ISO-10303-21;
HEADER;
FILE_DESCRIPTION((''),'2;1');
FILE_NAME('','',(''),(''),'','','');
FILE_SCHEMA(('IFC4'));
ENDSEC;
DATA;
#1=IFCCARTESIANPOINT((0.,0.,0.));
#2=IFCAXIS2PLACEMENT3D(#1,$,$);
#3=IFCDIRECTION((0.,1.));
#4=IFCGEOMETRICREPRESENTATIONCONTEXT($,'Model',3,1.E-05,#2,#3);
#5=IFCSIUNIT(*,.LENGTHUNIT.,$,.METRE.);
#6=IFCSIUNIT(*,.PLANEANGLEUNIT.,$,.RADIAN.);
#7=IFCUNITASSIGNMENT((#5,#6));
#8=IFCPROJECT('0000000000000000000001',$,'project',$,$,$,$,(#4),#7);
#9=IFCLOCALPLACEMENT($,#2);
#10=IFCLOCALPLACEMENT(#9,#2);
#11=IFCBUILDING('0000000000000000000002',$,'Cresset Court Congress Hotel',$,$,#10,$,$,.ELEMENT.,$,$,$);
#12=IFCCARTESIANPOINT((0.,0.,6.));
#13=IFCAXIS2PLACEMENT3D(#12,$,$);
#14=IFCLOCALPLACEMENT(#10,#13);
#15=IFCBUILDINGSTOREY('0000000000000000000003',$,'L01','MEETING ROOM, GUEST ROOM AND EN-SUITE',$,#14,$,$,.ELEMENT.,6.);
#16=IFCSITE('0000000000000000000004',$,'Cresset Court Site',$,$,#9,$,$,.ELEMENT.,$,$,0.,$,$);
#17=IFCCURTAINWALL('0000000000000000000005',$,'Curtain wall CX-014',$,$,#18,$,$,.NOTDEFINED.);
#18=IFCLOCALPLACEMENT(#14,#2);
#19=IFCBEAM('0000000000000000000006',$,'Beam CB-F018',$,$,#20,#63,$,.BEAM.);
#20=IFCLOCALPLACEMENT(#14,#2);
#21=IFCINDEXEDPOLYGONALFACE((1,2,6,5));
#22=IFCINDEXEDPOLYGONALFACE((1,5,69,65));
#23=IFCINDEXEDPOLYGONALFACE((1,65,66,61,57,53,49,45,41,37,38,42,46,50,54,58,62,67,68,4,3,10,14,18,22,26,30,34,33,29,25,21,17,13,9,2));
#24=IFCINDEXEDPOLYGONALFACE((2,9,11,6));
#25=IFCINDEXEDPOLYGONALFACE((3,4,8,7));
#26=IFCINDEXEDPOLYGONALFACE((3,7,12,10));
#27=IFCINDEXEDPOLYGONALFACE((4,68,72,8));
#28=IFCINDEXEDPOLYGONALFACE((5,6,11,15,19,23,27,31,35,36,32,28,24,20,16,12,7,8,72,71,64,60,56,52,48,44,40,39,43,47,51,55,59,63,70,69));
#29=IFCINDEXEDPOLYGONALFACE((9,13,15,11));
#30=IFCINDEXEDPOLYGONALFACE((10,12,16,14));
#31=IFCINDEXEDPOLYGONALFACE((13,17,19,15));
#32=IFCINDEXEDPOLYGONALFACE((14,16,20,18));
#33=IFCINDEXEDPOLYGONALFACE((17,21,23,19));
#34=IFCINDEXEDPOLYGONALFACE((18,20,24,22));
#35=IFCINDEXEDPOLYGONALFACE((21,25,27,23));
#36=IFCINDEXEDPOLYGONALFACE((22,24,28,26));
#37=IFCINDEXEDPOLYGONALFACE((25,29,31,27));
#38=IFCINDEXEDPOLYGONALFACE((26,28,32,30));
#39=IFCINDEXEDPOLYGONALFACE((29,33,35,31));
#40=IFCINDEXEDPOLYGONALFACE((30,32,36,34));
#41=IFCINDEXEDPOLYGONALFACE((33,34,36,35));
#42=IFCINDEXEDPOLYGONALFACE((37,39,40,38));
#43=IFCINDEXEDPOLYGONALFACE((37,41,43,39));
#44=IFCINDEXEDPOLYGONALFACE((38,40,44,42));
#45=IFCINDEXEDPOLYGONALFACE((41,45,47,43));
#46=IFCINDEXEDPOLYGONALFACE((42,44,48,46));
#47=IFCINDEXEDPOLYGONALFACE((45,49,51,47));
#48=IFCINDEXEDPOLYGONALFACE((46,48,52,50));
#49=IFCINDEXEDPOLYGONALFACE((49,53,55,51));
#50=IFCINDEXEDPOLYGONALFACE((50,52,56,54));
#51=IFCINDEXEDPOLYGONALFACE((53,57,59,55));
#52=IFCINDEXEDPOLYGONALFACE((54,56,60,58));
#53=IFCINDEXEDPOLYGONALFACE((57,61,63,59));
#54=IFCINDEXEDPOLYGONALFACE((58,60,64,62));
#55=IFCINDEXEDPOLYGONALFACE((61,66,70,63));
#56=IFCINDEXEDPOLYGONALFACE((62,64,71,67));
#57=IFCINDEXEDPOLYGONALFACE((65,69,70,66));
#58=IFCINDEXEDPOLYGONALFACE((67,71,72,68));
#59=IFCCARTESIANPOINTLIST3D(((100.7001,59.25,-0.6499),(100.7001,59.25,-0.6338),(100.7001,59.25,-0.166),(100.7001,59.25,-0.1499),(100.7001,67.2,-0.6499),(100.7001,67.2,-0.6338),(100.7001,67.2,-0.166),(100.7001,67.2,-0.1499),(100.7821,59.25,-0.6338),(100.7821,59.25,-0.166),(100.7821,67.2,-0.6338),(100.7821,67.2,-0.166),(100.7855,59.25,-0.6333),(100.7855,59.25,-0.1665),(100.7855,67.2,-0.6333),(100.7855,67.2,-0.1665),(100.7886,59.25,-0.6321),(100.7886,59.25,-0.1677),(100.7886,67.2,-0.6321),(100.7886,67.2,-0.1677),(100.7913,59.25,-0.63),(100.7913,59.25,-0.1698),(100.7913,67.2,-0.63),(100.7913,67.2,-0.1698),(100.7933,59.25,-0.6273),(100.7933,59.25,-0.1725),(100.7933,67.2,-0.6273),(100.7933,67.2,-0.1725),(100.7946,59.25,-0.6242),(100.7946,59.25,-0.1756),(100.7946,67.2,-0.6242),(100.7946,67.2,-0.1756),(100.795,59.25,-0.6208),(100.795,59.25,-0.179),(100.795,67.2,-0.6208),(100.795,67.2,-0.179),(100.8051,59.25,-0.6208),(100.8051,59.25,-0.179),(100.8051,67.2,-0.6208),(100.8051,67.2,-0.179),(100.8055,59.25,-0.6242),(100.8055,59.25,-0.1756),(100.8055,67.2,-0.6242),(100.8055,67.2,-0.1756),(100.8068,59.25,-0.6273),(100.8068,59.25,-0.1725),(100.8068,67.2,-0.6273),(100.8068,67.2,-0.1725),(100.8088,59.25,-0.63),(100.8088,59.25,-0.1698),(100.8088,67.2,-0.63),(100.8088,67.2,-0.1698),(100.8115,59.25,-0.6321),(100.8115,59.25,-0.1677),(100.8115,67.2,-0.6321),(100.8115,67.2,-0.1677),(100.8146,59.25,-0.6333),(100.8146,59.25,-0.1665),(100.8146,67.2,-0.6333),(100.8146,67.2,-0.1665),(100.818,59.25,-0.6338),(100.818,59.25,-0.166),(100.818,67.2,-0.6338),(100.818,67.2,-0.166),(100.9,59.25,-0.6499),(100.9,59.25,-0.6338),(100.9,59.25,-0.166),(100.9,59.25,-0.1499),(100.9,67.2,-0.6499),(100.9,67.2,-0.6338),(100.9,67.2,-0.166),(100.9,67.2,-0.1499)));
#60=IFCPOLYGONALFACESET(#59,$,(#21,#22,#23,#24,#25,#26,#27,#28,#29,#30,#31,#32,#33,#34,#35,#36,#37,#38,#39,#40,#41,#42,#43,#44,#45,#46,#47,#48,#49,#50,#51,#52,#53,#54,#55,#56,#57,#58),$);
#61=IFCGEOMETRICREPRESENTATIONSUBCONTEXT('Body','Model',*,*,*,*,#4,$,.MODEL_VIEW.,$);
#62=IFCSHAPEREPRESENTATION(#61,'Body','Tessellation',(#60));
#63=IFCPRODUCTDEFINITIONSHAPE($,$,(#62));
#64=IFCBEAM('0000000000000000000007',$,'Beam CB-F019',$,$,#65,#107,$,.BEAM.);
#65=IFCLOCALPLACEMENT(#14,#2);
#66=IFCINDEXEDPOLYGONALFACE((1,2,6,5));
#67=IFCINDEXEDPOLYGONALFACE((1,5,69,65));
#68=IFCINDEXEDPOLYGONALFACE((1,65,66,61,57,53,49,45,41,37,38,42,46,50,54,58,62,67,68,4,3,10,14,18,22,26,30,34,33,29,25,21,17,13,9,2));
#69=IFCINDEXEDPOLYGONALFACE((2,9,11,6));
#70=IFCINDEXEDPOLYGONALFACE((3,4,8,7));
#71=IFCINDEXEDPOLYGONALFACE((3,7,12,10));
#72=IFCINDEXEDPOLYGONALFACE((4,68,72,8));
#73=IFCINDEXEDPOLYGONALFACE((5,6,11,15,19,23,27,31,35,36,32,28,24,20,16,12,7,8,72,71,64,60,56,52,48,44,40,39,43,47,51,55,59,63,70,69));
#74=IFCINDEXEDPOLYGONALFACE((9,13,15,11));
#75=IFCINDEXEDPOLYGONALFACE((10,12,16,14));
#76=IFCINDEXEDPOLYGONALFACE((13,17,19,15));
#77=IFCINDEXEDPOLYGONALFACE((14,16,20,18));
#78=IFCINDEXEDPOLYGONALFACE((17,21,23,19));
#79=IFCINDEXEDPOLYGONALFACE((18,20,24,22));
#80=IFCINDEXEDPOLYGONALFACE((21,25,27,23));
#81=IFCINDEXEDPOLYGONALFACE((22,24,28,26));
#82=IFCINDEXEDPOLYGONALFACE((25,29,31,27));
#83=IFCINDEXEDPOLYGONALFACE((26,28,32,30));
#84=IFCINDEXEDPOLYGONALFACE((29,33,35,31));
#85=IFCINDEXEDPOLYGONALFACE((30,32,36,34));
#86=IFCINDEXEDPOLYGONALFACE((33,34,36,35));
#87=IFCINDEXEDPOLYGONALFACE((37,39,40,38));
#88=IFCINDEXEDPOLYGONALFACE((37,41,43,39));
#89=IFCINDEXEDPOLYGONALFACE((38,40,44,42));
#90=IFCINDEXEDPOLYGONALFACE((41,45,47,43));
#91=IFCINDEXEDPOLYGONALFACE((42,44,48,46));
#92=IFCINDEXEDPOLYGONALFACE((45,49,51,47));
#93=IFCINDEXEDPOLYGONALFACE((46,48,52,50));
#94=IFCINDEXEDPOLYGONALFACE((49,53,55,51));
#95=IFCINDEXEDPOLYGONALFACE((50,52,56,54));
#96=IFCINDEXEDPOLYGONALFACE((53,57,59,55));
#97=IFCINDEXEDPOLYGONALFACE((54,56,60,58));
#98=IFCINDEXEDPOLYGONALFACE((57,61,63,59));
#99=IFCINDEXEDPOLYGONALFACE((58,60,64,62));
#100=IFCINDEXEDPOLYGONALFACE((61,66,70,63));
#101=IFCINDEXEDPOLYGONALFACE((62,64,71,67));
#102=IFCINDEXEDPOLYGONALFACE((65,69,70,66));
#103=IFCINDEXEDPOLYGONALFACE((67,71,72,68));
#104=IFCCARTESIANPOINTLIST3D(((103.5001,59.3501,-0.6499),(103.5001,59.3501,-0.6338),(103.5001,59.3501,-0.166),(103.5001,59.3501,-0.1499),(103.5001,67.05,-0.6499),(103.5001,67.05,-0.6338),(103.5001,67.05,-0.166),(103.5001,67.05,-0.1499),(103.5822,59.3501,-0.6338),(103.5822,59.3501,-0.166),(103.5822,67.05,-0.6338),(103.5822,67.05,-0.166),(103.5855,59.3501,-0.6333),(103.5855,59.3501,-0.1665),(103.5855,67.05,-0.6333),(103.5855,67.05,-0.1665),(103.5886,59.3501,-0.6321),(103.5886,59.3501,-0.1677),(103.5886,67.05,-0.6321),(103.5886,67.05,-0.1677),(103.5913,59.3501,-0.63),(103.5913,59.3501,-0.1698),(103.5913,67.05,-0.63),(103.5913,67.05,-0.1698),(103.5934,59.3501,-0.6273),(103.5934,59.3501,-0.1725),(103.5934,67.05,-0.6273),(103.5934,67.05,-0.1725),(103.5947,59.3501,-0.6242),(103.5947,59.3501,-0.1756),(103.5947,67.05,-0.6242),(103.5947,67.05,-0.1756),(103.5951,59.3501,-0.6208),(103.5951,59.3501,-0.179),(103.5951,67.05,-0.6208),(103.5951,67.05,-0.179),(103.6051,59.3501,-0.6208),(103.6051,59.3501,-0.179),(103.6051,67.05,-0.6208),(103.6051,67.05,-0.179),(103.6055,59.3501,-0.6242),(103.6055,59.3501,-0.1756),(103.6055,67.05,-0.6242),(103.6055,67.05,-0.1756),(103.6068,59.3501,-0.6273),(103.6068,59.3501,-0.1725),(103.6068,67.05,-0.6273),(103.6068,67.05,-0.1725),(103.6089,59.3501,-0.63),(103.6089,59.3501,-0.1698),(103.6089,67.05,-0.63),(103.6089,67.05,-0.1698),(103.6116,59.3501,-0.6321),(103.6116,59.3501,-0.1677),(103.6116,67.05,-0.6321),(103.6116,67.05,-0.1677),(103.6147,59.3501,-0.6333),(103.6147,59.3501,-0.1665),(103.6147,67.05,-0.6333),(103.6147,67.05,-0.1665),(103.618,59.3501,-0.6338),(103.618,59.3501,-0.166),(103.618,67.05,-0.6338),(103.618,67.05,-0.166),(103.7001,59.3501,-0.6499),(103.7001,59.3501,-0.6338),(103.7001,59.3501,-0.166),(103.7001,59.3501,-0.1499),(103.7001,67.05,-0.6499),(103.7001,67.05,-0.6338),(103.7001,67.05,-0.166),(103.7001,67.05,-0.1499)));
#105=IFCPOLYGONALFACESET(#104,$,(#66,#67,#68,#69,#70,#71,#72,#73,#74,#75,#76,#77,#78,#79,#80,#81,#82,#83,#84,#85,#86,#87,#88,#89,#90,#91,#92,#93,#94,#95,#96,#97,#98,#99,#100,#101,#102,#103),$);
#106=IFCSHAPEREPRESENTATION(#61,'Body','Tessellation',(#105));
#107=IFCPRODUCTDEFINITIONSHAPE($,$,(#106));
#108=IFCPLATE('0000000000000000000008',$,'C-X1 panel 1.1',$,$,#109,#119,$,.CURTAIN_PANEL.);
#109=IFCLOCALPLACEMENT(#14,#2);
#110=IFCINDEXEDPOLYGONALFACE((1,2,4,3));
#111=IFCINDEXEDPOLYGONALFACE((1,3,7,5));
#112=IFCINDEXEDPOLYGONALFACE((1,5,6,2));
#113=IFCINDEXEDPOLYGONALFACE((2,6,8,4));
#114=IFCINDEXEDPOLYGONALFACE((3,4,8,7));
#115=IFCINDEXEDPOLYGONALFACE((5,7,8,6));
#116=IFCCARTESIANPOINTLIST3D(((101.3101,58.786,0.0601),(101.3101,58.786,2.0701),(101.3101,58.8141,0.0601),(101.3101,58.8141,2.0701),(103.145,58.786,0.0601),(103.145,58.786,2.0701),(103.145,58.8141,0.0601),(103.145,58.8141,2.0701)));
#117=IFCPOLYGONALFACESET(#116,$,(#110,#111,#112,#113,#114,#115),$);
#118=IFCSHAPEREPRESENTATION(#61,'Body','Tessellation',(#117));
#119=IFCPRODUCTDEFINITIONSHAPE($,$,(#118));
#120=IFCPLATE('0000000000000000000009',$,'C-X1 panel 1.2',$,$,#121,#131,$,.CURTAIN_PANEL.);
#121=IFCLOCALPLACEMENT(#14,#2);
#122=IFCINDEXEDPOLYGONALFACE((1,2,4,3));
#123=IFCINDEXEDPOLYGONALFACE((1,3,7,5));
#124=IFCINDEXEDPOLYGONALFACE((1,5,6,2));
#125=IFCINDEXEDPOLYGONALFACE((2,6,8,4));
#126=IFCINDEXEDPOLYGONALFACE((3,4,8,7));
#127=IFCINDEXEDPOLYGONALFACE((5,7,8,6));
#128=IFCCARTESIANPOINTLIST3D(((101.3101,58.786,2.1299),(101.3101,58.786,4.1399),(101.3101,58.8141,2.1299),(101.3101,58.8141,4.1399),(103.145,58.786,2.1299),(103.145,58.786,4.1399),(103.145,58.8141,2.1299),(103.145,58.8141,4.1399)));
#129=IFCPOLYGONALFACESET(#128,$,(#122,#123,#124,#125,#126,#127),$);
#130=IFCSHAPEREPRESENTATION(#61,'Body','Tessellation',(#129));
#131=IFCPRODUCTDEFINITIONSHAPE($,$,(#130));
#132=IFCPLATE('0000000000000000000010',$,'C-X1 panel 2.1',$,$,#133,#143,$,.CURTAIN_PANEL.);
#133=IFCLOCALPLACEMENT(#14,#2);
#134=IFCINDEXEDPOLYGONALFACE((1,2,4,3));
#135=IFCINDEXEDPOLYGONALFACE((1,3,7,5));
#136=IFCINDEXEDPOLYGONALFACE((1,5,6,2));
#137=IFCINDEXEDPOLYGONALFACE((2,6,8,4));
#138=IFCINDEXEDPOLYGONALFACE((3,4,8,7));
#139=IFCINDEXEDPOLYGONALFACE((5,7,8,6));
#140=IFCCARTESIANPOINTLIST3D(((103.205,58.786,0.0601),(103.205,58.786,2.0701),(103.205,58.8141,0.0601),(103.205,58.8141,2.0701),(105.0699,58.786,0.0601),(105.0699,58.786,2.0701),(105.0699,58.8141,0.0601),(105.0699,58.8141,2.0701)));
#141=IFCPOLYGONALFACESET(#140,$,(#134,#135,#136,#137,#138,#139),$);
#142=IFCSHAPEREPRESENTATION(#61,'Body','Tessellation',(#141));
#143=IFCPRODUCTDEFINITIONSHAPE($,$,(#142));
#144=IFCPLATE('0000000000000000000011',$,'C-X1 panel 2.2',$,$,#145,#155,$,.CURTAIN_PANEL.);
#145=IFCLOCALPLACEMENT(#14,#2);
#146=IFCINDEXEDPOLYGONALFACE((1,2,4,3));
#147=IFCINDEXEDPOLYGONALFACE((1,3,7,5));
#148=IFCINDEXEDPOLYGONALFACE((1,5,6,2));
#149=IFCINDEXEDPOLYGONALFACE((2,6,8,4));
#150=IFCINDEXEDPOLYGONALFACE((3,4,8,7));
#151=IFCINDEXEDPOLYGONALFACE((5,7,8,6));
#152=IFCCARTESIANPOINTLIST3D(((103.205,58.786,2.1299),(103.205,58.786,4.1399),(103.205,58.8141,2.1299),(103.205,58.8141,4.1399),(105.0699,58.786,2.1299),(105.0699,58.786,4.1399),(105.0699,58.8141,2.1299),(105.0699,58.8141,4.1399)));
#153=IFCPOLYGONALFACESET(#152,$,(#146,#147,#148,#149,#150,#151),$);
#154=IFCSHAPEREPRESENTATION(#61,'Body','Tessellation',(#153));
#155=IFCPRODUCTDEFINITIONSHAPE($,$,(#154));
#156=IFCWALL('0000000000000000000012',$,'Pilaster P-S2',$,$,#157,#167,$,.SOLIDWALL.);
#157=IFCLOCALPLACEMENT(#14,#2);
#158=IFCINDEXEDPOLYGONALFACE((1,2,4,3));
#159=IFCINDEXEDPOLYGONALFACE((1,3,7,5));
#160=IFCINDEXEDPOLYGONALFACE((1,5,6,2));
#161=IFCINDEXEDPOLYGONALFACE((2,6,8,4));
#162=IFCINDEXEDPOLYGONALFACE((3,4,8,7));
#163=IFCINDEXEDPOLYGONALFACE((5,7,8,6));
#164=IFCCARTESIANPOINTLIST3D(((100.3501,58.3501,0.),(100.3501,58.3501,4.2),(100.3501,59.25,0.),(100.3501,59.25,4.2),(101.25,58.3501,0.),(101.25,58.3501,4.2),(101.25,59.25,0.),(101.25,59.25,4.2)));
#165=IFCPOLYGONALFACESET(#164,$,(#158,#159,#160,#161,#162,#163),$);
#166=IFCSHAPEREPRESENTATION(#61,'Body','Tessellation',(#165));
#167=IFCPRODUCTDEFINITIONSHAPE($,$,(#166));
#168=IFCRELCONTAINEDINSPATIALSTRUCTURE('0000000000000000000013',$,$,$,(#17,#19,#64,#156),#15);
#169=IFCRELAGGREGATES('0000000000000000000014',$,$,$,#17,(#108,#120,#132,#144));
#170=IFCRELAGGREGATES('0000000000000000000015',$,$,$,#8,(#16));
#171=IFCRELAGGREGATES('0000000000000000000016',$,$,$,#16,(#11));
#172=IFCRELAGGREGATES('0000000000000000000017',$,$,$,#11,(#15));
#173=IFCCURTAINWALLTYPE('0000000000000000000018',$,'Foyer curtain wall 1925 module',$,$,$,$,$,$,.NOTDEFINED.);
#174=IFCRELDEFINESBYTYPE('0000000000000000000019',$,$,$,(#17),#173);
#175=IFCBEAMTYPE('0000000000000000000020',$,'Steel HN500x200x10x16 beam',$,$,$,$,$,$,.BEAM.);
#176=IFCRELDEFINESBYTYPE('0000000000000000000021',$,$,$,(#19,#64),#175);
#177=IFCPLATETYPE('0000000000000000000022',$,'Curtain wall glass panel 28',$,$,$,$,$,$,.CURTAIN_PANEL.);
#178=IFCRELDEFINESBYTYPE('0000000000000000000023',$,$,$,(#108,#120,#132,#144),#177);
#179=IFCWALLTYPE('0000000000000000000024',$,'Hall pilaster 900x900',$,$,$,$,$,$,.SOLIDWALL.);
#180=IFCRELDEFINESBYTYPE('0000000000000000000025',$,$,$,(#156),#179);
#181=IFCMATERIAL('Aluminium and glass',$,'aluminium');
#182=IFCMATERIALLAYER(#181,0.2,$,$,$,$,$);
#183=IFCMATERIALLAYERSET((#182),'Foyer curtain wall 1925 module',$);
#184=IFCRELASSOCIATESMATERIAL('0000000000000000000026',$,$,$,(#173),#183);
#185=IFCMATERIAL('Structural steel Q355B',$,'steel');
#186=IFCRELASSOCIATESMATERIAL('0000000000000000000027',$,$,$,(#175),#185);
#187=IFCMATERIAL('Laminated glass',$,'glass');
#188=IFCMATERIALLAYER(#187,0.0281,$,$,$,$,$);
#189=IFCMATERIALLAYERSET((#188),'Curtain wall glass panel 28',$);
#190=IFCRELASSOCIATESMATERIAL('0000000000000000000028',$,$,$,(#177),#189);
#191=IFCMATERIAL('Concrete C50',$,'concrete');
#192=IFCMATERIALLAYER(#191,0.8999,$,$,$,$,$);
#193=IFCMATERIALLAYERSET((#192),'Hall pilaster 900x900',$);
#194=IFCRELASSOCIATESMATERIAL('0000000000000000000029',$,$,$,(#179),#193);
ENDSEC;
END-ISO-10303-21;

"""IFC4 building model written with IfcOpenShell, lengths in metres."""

from ifc_helpers import new_model, si_unit, direction, frame, frame_2d, origin, origin_2d, place, context, subcontext, project, spatial, rectangle, i_section, extrude, material, layer, layer_set, material_profile, profile_set, type_object, element, aggregate, save


model = new_model("IFC4")

# Units and contexts
model_context = context("Model", 3, precision=1e-05, world=origin(), true_north=direction((0.0, 1.0)))
body_context = subcontext(model_context, "Body", "Model", "MODEL_VIEW")
ifc_project = project(units=[si_unit("LENGTHUNIT", "METRE"), si_unit("PLANEANGLEUNIT", "RADIAN")], contexts=[model_context])

# Site, building, storey
site_placement = place(None, origin())
site = spatial("IfcSite", under=ifc_project, at=site_placement, Name="Cresset Court Site", CompositionType="ELEMENT", RefElevation=0.0)
building_placement = place(site_placement, origin())
building = spatial("IfcBuilding", under=site, at=building_placement, Name="Cresset Court Congress Hotel", CompositionType="ELEMENT")
storey_placement = place(building_placement, frame((0.0, 0.0, 6.0)))
storey = spatial("IfcBuildingStorey", under=building, at=storey_placement, Name="L01", Description="MEETING ROOM, GUEST ROOM AND EN-SUITE", CompositionType="ELEMENT", Elevation=6.0)

# Shared definitions
ifc_material_1 = material(Name="Aluminium and glass", Category="aluminium")
ifc_layer_1 = layer(ifc_material_1, 0.2)
ifc_layer_set_1 = layer_set([ifc_layer_1], Name="Foyer curtain wall 1925 module")
curtain_wall_type = type_object("IfcCurtainWallType", Name="Foyer curtain wall 1925 module", PredefinedType="NOTDEFINED", material=ifc_layer_set_1)

# Curtain wall
curtain_wall_1_placement = place(storey_placement, origin())
curtain_wall_1 = element("IfcCurtainWall", 1, at=curtain_wall_1_placement, inside=storey, type_object=curtain_wall_type, Name="Curtain wall CX-014", PredefinedType="NOTDEFINED")

# Beams
ifc_material_2 = material(Name="Structural steel Q355B", Category="steel")
ifc_material_profile_1 = material_profile(ifc_material_2, i_section(OverallWidth=0.2, OverallDepth=0.5, WebThickness=0.01, FlangeThickness=0.0161, FilletRadius=0.0129, at=origin_2d()), Name="HN500x200x10x16")
ifc_profile_set_1 = profile_set([ifc_material_profile_1], Name="Structural steel Q355B")
beam_type_1 = type_object("IfcBeamType", Name="Steel HN500x200x10x16 beam", PredefinedType="BEAM", material=ifc_profile_set_1)
beam_1_placement = place(storey_placement, frame((100.8, 59.25, -0.3999), z_axis=(0.0, 1.0, 0.0), x_axis=(-1.0, 0.0, 0.0)))
element("IfcBeam", 2, at=beam_1_placement, inside=storey, type_object=beam_type_1, Name="Beam CB-F018", PredefinedType="BEAM", context=body_context, shape_type="SweptSolid", body=[
    extrude(i_section(OverallWidth=0.2, OverallDepth=0.5, WebThickness=0.01, FlangeThickness=0.0161, FilletRadius=0.0129, at=origin_2d()), origin(), (0.0, 0.0, 1.0), 7.95),
])
beam_2_placement = place(storey_placement, frame((103.6001, 59.3501, -0.3999), z_axis=(0.0, 1.0, 0.0), x_axis=(-1.0, 0.0, 0.0)))
element("IfcBeam", 3, at=beam_2_placement, inside=storey, type_object=beam_type_1, Name="Beam CB-F019", PredefinedType="BEAM", context=body_context, shape_type="SweptSolid", body=[
    extrude(i_section(OverallWidth=0.2, OverallDepth=0.5, WebThickness=0.01, FlangeThickness=0.0161, FilletRadius=0.0129, at=origin_2d()), origin(), (0.0, 0.0, 1.0), 7.7),
])

# Plates
ifc_material_3 = material(Name="Laminated glass", Category="glass")
ifc_layer_2 = layer(ifc_material_3, 0.0281)
ifc_layer_set_2 = layer_set([ifc_layer_2], Name="Curtain wall glass panel 28")
plate_type = type_object("IfcPlateType", Name="Curtain wall glass panel 28", PredefinedType="CURTAIN_PANEL", material=ifc_layer_set_2)
plate_1_placement = place(storey_placement, frame((102.2275, 58.8, 0.0601), z_axis=(0.0, 0.0, 1.0), x_axis=(1.0, 0.0, 0.0)))
plate_1 = element("IfcPlate", 4, at=plate_1_placement, type_object=plate_type, Name="C-X1 panel 1.1", PredefinedType="CURTAIN_PANEL", context=body_context, shape_type="SweptSolid", body=[
    extrude(rectangle(XDim=1.835, YDim=0.0281, at=origin_2d()), origin(), (0.0, 0.0, 1.0), 2.01),
])
plate_2_placement = place(storey_placement, frame((102.2275, 58.8, 2.1299), z_axis=(0.0, 0.0, 1.0), x_axis=(1.0, 0.0, 0.0)))
plate_2 = element("IfcPlate", 5, at=plate_2_placement, type_object=plate_type, Name="C-X1 panel 1.2", PredefinedType="CURTAIN_PANEL", context=body_context, shape_type="SweptSolid", body=[
    extrude(rectangle(XDim=1.835, YDim=0.0281, at=origin_2d()), origin(), (0.0, 0.0, 1.0), 2.01),
])
plate_3_placement = place(storey_placement, frame((104.1375, 58.8, 0.0601), z_axis=(0.0, 0.0, 1.0), x_axis=(1.0, 0.0, 0.0)))
plate_3 = element("IfcPlate", 6, at=plate_3_placement, type_object=plate_type, Name="C-X1 panel 2.1", PredefinedType="CURTAIN_PANEL", context=body_context, shape_type="SweptSolid", body=[
    extrude(rectangle(XDim=1.865, YDim=0.0281, at=origin_2d()), origin(), (0.0, 0.0, 1.0), 2.01),
])
plate_4_placement = place(storey_placement, frame((104.1375, 58.8, 2.1299), z_axis=(0.0, 0.0, 1.0), x_axis=(1.0, 0.0, 0.0)))
plate_4 = element("IfcPlate", 7, at=plate_4_placement, type_object=plate_type, Name="C-X1 panel 2.2", PredefinedType="CURTAIN_PANEL", context=body_context, shape_type="SweptSolid", body=[
    extrude(rectangle(XDim=1.865, YDim=0.0281, at=origin_2d()), origin(), (0.0, 0.0, 1.0), 2.01),
])
aggregate(curtain_wall_1, [plate_1, plate_2, plate_3, plate_4])

# Wall
ifc_material_4 = material(Name="Concrete C50", Category="concrete")
ifc_layer_3 = layer(ifc_material_4, 0.8999)
ifc_layer_set_3 = layer_set([ifc_layer_3], Name="Hall pilaster 900x900")
wall_type = type_object("IfcWallType", Name="Hall pilaster 900x900", PredefinedType="SOLIDWALL", material=ifc_layer_set_3)
wall_placement = place(storey_placement, frame((100.3501, 58.8, 0.0), z_axis=(0.0, 0.0, 1.0), x_axis=(1.0, 0.0, 0.0)))
element("IfcWall", 8, at=wall_placement, inside=storey, type_object=wall_type, Name="Pilaster P-S2", PredefinedType="SOLIDWALL", context=body_context, shape_type="SweptSolid", body=[
    extrude(rectangle(XDim=0.8999, YDim=0.8999, at=frame_2d((0.45, 0.0))), origin(), (0.0, 0.0, 1.0), 4.2),
])

save(model, "model.ifc")
